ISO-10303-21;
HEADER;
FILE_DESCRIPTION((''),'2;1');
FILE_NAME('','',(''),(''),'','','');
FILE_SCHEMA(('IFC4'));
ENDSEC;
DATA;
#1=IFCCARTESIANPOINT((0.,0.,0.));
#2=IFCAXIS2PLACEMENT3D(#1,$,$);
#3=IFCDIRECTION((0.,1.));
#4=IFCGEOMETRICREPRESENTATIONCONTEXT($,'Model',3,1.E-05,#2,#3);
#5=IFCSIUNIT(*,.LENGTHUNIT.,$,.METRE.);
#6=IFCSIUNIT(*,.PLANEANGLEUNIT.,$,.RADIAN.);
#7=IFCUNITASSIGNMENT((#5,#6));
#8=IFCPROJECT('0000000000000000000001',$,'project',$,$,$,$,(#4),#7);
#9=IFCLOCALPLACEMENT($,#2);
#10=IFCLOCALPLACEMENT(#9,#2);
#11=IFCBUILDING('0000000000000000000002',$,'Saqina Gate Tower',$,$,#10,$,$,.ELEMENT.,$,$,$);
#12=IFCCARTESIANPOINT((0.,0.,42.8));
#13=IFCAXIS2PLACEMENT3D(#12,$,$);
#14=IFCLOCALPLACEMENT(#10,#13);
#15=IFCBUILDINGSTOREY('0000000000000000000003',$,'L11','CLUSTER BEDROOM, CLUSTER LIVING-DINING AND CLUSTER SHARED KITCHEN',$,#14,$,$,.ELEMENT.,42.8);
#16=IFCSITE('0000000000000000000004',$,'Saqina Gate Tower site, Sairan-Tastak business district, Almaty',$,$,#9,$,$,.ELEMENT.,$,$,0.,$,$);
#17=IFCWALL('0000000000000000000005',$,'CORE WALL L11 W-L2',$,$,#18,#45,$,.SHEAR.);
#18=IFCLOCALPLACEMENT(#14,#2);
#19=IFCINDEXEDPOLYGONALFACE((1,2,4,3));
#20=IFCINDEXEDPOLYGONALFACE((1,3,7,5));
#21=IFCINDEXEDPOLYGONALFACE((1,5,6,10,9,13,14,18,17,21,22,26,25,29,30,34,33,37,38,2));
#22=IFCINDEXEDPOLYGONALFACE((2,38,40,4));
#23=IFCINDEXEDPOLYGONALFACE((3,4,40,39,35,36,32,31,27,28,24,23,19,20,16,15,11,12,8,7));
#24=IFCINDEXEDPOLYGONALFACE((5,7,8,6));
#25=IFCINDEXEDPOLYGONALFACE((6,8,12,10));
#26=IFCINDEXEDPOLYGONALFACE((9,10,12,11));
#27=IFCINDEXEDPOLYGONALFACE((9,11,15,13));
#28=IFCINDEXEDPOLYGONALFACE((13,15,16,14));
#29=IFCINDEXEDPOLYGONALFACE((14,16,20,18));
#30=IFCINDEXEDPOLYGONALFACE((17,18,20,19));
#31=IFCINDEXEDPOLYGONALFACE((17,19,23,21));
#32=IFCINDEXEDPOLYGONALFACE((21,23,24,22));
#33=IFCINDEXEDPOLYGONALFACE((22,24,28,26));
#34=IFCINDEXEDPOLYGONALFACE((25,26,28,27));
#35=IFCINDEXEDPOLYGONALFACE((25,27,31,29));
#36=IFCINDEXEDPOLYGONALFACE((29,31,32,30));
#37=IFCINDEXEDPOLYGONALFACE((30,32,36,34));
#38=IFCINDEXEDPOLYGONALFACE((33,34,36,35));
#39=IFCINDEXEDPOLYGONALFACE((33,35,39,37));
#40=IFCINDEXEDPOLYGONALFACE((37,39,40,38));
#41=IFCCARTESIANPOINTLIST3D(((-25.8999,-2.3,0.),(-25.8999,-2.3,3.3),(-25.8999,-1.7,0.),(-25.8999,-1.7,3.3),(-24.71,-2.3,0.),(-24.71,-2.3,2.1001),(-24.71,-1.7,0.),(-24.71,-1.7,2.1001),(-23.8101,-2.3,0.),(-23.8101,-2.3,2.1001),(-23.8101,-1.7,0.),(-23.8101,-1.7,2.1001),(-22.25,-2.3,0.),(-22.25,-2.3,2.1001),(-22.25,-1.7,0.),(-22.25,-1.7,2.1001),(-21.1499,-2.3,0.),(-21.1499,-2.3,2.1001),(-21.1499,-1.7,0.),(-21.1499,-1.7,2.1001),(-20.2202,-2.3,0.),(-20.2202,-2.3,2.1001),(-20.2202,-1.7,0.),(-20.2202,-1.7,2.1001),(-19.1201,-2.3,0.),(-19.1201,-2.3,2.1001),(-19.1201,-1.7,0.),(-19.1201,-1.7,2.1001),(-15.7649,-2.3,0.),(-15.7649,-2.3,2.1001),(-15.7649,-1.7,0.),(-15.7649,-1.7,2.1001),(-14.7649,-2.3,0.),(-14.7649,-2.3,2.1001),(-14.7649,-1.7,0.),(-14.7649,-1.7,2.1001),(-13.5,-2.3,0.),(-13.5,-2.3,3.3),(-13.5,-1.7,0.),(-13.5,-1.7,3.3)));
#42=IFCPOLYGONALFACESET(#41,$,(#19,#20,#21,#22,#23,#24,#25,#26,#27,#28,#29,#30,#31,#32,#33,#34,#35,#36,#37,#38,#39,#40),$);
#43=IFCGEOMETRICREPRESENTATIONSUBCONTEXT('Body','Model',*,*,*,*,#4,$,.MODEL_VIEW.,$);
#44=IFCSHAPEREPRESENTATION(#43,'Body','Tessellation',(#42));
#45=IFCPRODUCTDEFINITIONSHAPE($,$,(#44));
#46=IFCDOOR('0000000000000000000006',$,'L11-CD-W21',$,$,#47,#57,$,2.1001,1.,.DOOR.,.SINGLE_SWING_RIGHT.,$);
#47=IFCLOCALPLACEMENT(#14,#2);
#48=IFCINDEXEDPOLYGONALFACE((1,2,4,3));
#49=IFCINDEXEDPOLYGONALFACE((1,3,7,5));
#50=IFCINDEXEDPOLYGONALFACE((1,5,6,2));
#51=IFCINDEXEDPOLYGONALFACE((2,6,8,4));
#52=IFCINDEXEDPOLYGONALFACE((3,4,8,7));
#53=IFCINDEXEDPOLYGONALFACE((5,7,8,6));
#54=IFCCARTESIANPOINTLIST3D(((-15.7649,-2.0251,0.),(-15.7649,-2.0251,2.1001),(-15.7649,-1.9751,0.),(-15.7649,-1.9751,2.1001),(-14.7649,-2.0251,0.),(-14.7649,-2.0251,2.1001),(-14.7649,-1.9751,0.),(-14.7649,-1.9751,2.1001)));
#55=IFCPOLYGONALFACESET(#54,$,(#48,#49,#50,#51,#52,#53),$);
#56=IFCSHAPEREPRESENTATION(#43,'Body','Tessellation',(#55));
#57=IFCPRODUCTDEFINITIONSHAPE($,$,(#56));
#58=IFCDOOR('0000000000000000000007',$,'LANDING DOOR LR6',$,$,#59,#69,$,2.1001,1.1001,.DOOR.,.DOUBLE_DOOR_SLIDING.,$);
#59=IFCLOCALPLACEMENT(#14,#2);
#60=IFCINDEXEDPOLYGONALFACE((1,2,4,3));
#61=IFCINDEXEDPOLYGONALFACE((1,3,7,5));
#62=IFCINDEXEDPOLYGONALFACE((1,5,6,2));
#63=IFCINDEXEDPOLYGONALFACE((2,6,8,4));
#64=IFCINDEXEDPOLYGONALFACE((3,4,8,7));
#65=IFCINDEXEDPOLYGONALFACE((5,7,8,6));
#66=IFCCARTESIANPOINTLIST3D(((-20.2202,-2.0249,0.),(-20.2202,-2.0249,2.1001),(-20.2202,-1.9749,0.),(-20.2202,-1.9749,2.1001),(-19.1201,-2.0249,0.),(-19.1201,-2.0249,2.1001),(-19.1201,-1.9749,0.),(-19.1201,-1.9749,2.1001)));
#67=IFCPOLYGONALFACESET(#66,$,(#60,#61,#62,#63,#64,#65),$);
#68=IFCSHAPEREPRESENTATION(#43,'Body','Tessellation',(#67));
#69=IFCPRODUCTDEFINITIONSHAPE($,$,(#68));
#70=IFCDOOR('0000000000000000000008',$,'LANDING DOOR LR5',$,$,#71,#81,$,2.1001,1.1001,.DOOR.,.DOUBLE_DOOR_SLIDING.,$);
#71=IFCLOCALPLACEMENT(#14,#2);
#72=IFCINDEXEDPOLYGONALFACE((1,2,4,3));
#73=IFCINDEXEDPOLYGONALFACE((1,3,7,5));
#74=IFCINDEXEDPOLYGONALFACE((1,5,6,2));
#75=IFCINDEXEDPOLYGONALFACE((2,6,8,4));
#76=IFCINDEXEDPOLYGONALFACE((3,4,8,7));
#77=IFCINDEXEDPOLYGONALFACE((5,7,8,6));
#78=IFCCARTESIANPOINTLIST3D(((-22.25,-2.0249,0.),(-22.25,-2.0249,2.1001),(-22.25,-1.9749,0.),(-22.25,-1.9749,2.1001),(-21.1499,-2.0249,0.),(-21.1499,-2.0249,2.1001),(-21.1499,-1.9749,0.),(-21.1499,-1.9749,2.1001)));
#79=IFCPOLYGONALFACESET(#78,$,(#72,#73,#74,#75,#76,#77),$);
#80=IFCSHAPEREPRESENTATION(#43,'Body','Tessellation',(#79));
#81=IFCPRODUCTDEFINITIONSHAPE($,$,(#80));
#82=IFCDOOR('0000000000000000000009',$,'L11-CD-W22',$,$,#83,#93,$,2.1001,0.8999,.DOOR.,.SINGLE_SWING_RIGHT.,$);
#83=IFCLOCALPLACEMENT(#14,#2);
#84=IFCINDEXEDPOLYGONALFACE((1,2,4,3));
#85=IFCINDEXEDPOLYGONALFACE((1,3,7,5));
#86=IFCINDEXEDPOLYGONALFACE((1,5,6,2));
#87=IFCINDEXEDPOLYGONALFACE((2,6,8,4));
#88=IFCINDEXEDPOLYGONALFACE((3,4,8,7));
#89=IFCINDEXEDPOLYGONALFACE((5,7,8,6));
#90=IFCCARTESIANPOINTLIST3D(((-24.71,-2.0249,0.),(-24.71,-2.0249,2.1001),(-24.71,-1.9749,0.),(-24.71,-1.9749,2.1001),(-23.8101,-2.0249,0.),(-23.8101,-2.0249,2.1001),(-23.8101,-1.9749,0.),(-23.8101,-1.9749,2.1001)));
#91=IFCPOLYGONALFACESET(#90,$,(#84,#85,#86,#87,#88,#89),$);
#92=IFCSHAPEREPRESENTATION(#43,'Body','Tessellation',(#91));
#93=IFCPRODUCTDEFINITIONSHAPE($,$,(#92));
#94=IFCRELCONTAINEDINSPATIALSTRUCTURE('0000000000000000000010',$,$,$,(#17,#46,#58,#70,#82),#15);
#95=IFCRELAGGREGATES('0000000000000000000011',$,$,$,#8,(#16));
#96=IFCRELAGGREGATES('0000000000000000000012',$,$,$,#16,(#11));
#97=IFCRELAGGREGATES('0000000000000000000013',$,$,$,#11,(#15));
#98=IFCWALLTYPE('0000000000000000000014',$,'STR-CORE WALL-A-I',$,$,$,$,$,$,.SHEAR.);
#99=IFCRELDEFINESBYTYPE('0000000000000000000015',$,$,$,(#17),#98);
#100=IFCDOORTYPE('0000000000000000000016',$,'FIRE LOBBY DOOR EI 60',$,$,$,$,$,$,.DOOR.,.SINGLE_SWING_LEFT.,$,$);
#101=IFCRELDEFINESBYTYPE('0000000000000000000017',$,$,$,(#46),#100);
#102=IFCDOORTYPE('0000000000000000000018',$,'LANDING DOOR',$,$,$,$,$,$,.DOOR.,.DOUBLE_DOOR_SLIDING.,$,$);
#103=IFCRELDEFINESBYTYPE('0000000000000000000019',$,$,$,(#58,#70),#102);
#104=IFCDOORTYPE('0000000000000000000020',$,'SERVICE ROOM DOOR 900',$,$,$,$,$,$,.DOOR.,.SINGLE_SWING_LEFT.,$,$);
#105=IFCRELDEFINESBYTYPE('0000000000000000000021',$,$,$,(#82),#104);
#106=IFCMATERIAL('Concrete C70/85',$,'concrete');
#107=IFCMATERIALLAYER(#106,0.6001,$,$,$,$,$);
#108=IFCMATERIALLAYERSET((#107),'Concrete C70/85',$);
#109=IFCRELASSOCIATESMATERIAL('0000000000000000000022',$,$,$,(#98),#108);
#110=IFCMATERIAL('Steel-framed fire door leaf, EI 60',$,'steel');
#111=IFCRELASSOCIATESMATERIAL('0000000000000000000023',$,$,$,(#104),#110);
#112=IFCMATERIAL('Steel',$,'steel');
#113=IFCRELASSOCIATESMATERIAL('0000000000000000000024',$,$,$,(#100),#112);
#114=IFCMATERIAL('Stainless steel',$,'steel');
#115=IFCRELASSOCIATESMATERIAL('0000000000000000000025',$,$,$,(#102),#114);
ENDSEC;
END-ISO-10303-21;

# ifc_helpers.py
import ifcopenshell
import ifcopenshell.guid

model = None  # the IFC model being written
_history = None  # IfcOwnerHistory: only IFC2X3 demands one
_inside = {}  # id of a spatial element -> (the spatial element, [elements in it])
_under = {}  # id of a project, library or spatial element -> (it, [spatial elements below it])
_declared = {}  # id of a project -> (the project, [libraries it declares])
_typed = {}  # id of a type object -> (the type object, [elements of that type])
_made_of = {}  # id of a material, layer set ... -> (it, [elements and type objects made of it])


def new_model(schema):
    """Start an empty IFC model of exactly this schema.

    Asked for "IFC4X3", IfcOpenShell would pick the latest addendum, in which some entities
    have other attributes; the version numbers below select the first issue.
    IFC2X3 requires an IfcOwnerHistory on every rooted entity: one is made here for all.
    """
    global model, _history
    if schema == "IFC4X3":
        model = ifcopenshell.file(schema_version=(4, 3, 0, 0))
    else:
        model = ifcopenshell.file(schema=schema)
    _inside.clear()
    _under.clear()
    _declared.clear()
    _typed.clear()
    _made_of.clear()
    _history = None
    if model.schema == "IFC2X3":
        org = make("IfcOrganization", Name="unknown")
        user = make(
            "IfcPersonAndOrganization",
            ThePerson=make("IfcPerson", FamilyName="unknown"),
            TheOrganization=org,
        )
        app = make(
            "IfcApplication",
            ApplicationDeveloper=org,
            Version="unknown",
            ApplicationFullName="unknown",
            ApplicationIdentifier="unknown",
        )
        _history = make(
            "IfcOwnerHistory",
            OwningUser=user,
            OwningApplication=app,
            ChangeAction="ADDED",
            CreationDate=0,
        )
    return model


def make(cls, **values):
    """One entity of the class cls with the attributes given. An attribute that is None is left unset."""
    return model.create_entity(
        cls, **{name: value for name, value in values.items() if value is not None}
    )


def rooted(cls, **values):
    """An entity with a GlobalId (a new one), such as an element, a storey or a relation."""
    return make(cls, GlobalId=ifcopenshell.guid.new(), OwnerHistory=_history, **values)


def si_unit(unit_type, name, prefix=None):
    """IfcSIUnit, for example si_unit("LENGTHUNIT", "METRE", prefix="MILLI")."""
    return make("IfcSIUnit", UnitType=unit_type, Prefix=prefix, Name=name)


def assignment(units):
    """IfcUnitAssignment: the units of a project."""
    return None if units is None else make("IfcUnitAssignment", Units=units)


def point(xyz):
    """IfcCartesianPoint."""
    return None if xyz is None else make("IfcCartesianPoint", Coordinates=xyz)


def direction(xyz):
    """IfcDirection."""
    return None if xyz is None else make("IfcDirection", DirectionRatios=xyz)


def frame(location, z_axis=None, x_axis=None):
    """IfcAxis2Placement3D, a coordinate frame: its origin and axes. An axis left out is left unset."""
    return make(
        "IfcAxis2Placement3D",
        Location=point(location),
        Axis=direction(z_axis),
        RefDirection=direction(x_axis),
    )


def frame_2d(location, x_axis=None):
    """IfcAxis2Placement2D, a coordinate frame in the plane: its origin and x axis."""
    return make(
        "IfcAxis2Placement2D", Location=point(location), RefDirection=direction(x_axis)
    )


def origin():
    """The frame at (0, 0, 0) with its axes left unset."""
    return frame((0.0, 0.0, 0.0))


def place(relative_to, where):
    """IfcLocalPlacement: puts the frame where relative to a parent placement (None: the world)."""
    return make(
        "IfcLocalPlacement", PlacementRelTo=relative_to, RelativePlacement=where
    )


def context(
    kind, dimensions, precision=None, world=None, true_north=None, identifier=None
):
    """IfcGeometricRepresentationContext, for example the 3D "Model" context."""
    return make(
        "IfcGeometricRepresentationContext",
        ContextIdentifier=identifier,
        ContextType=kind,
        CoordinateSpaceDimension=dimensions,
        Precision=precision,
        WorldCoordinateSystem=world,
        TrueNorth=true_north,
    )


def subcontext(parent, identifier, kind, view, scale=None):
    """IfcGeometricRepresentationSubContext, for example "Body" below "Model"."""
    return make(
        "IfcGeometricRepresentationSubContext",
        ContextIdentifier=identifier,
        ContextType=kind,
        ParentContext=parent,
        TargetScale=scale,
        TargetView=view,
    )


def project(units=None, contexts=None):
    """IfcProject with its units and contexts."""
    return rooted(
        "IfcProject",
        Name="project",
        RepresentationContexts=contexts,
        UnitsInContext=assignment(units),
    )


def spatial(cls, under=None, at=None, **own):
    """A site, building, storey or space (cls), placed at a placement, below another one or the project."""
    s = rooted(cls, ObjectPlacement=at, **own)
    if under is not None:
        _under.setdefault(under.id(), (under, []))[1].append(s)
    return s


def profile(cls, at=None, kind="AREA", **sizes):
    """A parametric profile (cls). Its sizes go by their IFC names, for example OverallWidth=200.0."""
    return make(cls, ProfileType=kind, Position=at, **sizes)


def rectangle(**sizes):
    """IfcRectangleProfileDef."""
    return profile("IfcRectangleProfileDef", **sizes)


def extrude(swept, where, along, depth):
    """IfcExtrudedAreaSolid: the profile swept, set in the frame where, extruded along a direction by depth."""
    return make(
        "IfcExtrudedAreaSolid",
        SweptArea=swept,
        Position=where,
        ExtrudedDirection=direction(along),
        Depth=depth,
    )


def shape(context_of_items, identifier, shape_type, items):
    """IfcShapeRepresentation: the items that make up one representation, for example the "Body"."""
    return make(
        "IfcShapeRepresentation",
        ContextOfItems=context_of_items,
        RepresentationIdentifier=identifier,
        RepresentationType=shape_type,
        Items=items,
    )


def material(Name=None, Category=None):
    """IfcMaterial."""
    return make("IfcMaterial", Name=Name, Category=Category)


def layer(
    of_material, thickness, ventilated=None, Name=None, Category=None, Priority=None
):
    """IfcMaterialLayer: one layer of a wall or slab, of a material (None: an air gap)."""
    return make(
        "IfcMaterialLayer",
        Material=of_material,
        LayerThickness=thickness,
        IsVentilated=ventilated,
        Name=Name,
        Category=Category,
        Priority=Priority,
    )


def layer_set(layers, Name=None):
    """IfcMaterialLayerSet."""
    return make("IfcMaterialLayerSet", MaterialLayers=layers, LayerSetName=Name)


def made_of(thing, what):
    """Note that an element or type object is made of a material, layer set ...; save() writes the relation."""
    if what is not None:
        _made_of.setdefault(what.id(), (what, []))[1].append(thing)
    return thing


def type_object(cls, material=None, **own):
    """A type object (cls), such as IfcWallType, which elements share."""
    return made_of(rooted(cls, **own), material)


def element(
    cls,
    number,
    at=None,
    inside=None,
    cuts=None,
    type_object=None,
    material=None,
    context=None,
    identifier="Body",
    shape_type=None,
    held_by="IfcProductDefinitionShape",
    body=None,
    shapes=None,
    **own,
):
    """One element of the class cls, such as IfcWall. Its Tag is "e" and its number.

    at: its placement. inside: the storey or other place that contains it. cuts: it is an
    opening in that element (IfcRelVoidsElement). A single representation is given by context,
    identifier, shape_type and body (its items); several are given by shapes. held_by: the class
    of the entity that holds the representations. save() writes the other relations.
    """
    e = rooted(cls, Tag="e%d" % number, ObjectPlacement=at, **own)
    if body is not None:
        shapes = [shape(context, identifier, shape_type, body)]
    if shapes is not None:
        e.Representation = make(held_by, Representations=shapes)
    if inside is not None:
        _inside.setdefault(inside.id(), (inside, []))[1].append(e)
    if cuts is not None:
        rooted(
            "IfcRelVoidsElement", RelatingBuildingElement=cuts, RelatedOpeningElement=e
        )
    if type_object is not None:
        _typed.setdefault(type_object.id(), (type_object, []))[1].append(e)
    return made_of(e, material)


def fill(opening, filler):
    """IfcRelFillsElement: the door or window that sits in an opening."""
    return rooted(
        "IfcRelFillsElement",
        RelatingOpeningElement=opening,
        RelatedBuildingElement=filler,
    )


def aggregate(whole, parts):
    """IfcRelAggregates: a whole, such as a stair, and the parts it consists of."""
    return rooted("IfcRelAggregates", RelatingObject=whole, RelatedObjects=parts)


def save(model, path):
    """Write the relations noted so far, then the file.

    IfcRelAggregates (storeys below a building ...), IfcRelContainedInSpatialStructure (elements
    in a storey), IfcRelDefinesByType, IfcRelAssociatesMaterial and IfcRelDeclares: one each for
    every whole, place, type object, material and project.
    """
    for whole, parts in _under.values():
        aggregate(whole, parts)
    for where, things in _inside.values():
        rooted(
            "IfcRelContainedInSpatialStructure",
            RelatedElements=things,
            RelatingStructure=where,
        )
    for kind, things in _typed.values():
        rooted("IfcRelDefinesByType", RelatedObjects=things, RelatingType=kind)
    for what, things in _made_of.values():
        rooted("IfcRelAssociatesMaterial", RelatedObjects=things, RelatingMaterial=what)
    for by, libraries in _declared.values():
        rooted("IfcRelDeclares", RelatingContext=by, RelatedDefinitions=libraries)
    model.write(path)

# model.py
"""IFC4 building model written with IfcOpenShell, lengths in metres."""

from ifc_helpers import new_model, si_unit, direction, frame, frame_2d, origin, place, context, subcontext, project, spatial, rectangle, extrude, material, layer, layer_set, type_object, element, fill, save


model = new_model("IFC4")

# Units and contexts
model_context = context("Model", 3, precision=1e-05, world=origin(), true_north=direction((0.0, 1.0)))
body_context = subcontext(model_context, "Body", "Model", "MODEL_VIEW")
ifc_project = project(units=[si_unit("LENGTHUNIT", "METRE"), si_unit("PLANEANGLEUNIT", "RADIAN")], contexts=[model_context])

# Site, building, storey
site_placement = place(None, origin())
site = spatial("IfcSite", under=ifc_project, at=site_placement, Name="Saqina Gate Tower site, Sairan-Tastak business district, Almaty", CompositionType="ELEMENT", RefElevation=0.0)
building_placement = place(site_placement, origin())
building = spatial("IfcBuilding", under=site, at=building_placement, Name="Saqina Gate Tower", CompositionType="ELEMENT")
storey_placement = place(building_placement, frame((0.0, 0.0, 42.8)))
storey = spatial("IfcBuildingStorey", under=building, at=storey_placement, Name="L11", Description="CLUSTER BEDROOM, CLUSTER LIVING-DINING AND CLUSTER SHARED KITCHEN", CompositionType="ELEMENT", Elevation=42.8)

# Wall, openings, doors
ifc_material_1 = material(Name="Concrete C70/85", Category="concrete")
ifc_layer_1 = layer(ifc_material_1, 0.6001)
ifc_layer_set_1 = layer_set([ifc_layer_1], Name="Concrete C70/85")
wall_type_1 = type_object("IfcWallType", Name="STR-CORE WALL-A-I", PredefinedType="SHEAR", material=ifc_layer_set_1)
ifc_material_2 = material(Name="Steel-framed fire door leaf, EI 60", Category="steel")
door_type_1 = type_object("IfcDoorType", Name="SERVICE ROOM DOOR 900", OperationType="SINGLE_SWING_LEFT", PredefinedType="DOOR", material=ifc_material_2)
wall_1_placement = place(storey_placement, frame((-13.5, -2.0, 0.0), z_axis=(0.0, 0.0, 1.0), x_axis=(-1.0, 0.0, 0.0)))
wall_1 = element("IfcWall", 1, at=wall_1_placement, inside=storey, type_object=wall_type_1, Name="CORE WALL L11 W-L2", PredefinedType="SHEAR", context=body_context, shape_type="SweptSolid", body=[
    extrude(rectangle(XDim=12.3999, YDim=0.6001, at=frame_2d((6.2, 0.0))), origin(), (0.0, 0.0, 1.0), 3.3),
])
opening_1_placement = place(wall_1_placement, frame((5.6201, 0.0, 0.0)))
opening_1 = element("IfcOpeningElement", 2, at=opening_1_placement, cuts=wall_1, PredefinedType="OPENING", context=body_context, shape_type="SweptSolid", body=[
    extrude(rectangle(XDim=1.1001, YDim=2.1001, at=frame_2d((0.55, 1.05))), frame((0.0, 0.312, 0.0), z_axis=(0.0, -1.0, 0.0), x_axis=(1.0, 0.0, 0.0)), (0.0, 0.0, 1.0), 0.624),
])
opening_2_placement = place(wall_1_placement, frame((7.6499, 0.0, 0.0)))
opening_2 = element("IfcOpeningElement", 3, at=opening_2_placement, cuts=wall_1, PredefinedType="OPENING", context=body_context, shape_type="SweptSolid", body=[
    extrude(rectangle(XDim=1.1001, YDim=2.1001, at=frame_2d((0.55, 1.05))), frame((0.0, 0.312, 0.0), z_axis=(0.0, -1.0, 0.0), x_axis=(1.0, 0.0, 0.0)), (0.0, 0.0, 1.0), 0.624),
])
opening_3_placement = place(wall_1_placement, frame((1.2649, 0.0, 0.0)))
opening_3 = element("IfcOpeningElement", 4, at=opening_3_placement, cuts=wall_1, PredefinedType="OPENING", context=body_context, shape_type="SweptSolid", body=[
    extrude(rectangle(XDim=1.0, YDim=2.1001, at=frame_2d((0.5, 1.05))), frame((0.0, 0.312, 0.0), z_axis=(0.0, -1.0, 0.0), x_axis=(1.0, 0.0, 0.0)), (0.0, 0.0, 1.0), 0.624),
])
opening_4_placement = place(wall_1_placement, frame((10.3101, 0.0, 0.0)))
opening_4 = element("IfcOpeningElement", 5, at=opening_4_placement, cuts=wall_1, PredefinedType="OPENING", context=body_context, shape_type="SweptSolid", body=[
    extrude(rectangle(XDim=0.8999, YDim=2.1001, at=frame_2d((0.45, 1.05))), frame((0.0, 0.312, 0.0), z_axis=(0.0, -1.0, 0.0), x_axis=(1.0, 0.0, 0.0)), (0.0, 0.0, 1.0), 0.624),
])
ifc_material_3 = material(Name="Steel", Category="steel")
door_type_2 = type_object("IfcDoorType", Name="FIRE LOBBY DOOR EI 60", OperationType="SINGLE_SWING_LEFT", PredefinedType="DOOR", material=ifc_material_3)
door_1_placement = place(opening_3_placement, frame((1.0, 0.0, 0.0), z_axis=(0.0, 0.0, 1.0), x_axis=(-1.0, 0.0, 0.0)))
door_1 = element("IfcDoor", 6, at=door_1_placement, inside=storey, type_object=door_type_2, Name="L11-CD-W21", OperationType="SINGLE_SWING_RIGHT", OverallHeight=2.1001, OverallWidth=1.0, PredefinedType="DOOR", context=body_context, shape_type="SweptSolid", body=[
    extrude(rectangle(XDim=1.0, YDim=2.1001, at=frame_2d((0.5, 1.05))), frame((0.0, 0.0249, 0.0), z_axis=(0.0, -1.0, 0.0), x_axis=(1.0, 0.0, 0.0)), (0.0, 0.0, 1.0), 0.05),
])
fill(opening_3, door_1)
ifc_material_4 = material(Name="Stainless steel", Category="steel")
door_type_3 = type_object("IfcDoorType", Name="LANDING DOOR", OperationType="DOUBLE_DOOR_SLIDING", PredefinedType="DOOR", material=ifc_material_4)
door_2_placement = place(opening_1_placement, origin())
door_2 = element("IfcDoor", 7, at=door_2_placement, inside=storey, type_object=door_type_3, Name="LANDING DOOR LR6", OperationType="DOUBLE_DOOR_SLIDING", OverallHeight=2.1001, OverallWidth=1.1001, PredefinedType="DOOR", context=body_context, shape_type="SweptSolid", body=[
    extrude(rectangle(XDim=1.1001, YDim=2.1001, at=frame_2d((0.55, 1.05))), frame((0.0, 0.0249, 0.0), z_axis=(0.0, -1.0, 0.0), x_axis=(1.0, 0.0, 0.0)), (0.0, 0.0, 1.0), 0.05),
])
fill(opening_1, door_2)
door_3_placement = place(opening_2_placement, origin())
door_3 = element("IfcDoor", 8, at=door_3_placement, inside=storey, type_object=door_type_3, Name="LANDING DOOR LR5", OperationType="DOUBLE_DOOR_SLIDING", OverallHeight=2.1001, OverallWidth=1.1001, PredefinedType="DOOR", context=body_context, shape_type="SweptSolid", body=[
    extrude(rectangle(XDim=1.1001, YDim=2.1001, at=frame_2d((0.55, 1.05))), frame((0.0, 0.0249, 0.0), z_axis=(0.0, -1.0, 0.0), x_axis=(1.0, 0.0, 0.0)), (0.0, 0.0, 1.0), 0.05),
])
fill(opening_2, door_3)
door_4_placement = place(opening_4_placement, origin())
door_4 = element("IfcDoor", 9, at=door_4_placement, inside=storey, type_object=door_type_1, Name="L11-CD-W22", OperationType="SINGLE_SWING_RIGHT", OverallHeight=2.1001, OverallWidth=0.8999, PredefinedType="DOOR", context=body_context, shape_type="SweptSolid", body=[
    extrude(rectangle(XDim=0.8999, YDim=2.1001, at=frame_2d((0.45, 1.05))), frame((0.0, 0.0249, 0.0), z_axis=(0.0, -1.0, 0.0), x_axis=(1.0, 0.0, 0.0)), (0.0, 0.0, 1.0), 0.05),
])
fill(opening_4, door_4)

save(model, "model.ifc")
